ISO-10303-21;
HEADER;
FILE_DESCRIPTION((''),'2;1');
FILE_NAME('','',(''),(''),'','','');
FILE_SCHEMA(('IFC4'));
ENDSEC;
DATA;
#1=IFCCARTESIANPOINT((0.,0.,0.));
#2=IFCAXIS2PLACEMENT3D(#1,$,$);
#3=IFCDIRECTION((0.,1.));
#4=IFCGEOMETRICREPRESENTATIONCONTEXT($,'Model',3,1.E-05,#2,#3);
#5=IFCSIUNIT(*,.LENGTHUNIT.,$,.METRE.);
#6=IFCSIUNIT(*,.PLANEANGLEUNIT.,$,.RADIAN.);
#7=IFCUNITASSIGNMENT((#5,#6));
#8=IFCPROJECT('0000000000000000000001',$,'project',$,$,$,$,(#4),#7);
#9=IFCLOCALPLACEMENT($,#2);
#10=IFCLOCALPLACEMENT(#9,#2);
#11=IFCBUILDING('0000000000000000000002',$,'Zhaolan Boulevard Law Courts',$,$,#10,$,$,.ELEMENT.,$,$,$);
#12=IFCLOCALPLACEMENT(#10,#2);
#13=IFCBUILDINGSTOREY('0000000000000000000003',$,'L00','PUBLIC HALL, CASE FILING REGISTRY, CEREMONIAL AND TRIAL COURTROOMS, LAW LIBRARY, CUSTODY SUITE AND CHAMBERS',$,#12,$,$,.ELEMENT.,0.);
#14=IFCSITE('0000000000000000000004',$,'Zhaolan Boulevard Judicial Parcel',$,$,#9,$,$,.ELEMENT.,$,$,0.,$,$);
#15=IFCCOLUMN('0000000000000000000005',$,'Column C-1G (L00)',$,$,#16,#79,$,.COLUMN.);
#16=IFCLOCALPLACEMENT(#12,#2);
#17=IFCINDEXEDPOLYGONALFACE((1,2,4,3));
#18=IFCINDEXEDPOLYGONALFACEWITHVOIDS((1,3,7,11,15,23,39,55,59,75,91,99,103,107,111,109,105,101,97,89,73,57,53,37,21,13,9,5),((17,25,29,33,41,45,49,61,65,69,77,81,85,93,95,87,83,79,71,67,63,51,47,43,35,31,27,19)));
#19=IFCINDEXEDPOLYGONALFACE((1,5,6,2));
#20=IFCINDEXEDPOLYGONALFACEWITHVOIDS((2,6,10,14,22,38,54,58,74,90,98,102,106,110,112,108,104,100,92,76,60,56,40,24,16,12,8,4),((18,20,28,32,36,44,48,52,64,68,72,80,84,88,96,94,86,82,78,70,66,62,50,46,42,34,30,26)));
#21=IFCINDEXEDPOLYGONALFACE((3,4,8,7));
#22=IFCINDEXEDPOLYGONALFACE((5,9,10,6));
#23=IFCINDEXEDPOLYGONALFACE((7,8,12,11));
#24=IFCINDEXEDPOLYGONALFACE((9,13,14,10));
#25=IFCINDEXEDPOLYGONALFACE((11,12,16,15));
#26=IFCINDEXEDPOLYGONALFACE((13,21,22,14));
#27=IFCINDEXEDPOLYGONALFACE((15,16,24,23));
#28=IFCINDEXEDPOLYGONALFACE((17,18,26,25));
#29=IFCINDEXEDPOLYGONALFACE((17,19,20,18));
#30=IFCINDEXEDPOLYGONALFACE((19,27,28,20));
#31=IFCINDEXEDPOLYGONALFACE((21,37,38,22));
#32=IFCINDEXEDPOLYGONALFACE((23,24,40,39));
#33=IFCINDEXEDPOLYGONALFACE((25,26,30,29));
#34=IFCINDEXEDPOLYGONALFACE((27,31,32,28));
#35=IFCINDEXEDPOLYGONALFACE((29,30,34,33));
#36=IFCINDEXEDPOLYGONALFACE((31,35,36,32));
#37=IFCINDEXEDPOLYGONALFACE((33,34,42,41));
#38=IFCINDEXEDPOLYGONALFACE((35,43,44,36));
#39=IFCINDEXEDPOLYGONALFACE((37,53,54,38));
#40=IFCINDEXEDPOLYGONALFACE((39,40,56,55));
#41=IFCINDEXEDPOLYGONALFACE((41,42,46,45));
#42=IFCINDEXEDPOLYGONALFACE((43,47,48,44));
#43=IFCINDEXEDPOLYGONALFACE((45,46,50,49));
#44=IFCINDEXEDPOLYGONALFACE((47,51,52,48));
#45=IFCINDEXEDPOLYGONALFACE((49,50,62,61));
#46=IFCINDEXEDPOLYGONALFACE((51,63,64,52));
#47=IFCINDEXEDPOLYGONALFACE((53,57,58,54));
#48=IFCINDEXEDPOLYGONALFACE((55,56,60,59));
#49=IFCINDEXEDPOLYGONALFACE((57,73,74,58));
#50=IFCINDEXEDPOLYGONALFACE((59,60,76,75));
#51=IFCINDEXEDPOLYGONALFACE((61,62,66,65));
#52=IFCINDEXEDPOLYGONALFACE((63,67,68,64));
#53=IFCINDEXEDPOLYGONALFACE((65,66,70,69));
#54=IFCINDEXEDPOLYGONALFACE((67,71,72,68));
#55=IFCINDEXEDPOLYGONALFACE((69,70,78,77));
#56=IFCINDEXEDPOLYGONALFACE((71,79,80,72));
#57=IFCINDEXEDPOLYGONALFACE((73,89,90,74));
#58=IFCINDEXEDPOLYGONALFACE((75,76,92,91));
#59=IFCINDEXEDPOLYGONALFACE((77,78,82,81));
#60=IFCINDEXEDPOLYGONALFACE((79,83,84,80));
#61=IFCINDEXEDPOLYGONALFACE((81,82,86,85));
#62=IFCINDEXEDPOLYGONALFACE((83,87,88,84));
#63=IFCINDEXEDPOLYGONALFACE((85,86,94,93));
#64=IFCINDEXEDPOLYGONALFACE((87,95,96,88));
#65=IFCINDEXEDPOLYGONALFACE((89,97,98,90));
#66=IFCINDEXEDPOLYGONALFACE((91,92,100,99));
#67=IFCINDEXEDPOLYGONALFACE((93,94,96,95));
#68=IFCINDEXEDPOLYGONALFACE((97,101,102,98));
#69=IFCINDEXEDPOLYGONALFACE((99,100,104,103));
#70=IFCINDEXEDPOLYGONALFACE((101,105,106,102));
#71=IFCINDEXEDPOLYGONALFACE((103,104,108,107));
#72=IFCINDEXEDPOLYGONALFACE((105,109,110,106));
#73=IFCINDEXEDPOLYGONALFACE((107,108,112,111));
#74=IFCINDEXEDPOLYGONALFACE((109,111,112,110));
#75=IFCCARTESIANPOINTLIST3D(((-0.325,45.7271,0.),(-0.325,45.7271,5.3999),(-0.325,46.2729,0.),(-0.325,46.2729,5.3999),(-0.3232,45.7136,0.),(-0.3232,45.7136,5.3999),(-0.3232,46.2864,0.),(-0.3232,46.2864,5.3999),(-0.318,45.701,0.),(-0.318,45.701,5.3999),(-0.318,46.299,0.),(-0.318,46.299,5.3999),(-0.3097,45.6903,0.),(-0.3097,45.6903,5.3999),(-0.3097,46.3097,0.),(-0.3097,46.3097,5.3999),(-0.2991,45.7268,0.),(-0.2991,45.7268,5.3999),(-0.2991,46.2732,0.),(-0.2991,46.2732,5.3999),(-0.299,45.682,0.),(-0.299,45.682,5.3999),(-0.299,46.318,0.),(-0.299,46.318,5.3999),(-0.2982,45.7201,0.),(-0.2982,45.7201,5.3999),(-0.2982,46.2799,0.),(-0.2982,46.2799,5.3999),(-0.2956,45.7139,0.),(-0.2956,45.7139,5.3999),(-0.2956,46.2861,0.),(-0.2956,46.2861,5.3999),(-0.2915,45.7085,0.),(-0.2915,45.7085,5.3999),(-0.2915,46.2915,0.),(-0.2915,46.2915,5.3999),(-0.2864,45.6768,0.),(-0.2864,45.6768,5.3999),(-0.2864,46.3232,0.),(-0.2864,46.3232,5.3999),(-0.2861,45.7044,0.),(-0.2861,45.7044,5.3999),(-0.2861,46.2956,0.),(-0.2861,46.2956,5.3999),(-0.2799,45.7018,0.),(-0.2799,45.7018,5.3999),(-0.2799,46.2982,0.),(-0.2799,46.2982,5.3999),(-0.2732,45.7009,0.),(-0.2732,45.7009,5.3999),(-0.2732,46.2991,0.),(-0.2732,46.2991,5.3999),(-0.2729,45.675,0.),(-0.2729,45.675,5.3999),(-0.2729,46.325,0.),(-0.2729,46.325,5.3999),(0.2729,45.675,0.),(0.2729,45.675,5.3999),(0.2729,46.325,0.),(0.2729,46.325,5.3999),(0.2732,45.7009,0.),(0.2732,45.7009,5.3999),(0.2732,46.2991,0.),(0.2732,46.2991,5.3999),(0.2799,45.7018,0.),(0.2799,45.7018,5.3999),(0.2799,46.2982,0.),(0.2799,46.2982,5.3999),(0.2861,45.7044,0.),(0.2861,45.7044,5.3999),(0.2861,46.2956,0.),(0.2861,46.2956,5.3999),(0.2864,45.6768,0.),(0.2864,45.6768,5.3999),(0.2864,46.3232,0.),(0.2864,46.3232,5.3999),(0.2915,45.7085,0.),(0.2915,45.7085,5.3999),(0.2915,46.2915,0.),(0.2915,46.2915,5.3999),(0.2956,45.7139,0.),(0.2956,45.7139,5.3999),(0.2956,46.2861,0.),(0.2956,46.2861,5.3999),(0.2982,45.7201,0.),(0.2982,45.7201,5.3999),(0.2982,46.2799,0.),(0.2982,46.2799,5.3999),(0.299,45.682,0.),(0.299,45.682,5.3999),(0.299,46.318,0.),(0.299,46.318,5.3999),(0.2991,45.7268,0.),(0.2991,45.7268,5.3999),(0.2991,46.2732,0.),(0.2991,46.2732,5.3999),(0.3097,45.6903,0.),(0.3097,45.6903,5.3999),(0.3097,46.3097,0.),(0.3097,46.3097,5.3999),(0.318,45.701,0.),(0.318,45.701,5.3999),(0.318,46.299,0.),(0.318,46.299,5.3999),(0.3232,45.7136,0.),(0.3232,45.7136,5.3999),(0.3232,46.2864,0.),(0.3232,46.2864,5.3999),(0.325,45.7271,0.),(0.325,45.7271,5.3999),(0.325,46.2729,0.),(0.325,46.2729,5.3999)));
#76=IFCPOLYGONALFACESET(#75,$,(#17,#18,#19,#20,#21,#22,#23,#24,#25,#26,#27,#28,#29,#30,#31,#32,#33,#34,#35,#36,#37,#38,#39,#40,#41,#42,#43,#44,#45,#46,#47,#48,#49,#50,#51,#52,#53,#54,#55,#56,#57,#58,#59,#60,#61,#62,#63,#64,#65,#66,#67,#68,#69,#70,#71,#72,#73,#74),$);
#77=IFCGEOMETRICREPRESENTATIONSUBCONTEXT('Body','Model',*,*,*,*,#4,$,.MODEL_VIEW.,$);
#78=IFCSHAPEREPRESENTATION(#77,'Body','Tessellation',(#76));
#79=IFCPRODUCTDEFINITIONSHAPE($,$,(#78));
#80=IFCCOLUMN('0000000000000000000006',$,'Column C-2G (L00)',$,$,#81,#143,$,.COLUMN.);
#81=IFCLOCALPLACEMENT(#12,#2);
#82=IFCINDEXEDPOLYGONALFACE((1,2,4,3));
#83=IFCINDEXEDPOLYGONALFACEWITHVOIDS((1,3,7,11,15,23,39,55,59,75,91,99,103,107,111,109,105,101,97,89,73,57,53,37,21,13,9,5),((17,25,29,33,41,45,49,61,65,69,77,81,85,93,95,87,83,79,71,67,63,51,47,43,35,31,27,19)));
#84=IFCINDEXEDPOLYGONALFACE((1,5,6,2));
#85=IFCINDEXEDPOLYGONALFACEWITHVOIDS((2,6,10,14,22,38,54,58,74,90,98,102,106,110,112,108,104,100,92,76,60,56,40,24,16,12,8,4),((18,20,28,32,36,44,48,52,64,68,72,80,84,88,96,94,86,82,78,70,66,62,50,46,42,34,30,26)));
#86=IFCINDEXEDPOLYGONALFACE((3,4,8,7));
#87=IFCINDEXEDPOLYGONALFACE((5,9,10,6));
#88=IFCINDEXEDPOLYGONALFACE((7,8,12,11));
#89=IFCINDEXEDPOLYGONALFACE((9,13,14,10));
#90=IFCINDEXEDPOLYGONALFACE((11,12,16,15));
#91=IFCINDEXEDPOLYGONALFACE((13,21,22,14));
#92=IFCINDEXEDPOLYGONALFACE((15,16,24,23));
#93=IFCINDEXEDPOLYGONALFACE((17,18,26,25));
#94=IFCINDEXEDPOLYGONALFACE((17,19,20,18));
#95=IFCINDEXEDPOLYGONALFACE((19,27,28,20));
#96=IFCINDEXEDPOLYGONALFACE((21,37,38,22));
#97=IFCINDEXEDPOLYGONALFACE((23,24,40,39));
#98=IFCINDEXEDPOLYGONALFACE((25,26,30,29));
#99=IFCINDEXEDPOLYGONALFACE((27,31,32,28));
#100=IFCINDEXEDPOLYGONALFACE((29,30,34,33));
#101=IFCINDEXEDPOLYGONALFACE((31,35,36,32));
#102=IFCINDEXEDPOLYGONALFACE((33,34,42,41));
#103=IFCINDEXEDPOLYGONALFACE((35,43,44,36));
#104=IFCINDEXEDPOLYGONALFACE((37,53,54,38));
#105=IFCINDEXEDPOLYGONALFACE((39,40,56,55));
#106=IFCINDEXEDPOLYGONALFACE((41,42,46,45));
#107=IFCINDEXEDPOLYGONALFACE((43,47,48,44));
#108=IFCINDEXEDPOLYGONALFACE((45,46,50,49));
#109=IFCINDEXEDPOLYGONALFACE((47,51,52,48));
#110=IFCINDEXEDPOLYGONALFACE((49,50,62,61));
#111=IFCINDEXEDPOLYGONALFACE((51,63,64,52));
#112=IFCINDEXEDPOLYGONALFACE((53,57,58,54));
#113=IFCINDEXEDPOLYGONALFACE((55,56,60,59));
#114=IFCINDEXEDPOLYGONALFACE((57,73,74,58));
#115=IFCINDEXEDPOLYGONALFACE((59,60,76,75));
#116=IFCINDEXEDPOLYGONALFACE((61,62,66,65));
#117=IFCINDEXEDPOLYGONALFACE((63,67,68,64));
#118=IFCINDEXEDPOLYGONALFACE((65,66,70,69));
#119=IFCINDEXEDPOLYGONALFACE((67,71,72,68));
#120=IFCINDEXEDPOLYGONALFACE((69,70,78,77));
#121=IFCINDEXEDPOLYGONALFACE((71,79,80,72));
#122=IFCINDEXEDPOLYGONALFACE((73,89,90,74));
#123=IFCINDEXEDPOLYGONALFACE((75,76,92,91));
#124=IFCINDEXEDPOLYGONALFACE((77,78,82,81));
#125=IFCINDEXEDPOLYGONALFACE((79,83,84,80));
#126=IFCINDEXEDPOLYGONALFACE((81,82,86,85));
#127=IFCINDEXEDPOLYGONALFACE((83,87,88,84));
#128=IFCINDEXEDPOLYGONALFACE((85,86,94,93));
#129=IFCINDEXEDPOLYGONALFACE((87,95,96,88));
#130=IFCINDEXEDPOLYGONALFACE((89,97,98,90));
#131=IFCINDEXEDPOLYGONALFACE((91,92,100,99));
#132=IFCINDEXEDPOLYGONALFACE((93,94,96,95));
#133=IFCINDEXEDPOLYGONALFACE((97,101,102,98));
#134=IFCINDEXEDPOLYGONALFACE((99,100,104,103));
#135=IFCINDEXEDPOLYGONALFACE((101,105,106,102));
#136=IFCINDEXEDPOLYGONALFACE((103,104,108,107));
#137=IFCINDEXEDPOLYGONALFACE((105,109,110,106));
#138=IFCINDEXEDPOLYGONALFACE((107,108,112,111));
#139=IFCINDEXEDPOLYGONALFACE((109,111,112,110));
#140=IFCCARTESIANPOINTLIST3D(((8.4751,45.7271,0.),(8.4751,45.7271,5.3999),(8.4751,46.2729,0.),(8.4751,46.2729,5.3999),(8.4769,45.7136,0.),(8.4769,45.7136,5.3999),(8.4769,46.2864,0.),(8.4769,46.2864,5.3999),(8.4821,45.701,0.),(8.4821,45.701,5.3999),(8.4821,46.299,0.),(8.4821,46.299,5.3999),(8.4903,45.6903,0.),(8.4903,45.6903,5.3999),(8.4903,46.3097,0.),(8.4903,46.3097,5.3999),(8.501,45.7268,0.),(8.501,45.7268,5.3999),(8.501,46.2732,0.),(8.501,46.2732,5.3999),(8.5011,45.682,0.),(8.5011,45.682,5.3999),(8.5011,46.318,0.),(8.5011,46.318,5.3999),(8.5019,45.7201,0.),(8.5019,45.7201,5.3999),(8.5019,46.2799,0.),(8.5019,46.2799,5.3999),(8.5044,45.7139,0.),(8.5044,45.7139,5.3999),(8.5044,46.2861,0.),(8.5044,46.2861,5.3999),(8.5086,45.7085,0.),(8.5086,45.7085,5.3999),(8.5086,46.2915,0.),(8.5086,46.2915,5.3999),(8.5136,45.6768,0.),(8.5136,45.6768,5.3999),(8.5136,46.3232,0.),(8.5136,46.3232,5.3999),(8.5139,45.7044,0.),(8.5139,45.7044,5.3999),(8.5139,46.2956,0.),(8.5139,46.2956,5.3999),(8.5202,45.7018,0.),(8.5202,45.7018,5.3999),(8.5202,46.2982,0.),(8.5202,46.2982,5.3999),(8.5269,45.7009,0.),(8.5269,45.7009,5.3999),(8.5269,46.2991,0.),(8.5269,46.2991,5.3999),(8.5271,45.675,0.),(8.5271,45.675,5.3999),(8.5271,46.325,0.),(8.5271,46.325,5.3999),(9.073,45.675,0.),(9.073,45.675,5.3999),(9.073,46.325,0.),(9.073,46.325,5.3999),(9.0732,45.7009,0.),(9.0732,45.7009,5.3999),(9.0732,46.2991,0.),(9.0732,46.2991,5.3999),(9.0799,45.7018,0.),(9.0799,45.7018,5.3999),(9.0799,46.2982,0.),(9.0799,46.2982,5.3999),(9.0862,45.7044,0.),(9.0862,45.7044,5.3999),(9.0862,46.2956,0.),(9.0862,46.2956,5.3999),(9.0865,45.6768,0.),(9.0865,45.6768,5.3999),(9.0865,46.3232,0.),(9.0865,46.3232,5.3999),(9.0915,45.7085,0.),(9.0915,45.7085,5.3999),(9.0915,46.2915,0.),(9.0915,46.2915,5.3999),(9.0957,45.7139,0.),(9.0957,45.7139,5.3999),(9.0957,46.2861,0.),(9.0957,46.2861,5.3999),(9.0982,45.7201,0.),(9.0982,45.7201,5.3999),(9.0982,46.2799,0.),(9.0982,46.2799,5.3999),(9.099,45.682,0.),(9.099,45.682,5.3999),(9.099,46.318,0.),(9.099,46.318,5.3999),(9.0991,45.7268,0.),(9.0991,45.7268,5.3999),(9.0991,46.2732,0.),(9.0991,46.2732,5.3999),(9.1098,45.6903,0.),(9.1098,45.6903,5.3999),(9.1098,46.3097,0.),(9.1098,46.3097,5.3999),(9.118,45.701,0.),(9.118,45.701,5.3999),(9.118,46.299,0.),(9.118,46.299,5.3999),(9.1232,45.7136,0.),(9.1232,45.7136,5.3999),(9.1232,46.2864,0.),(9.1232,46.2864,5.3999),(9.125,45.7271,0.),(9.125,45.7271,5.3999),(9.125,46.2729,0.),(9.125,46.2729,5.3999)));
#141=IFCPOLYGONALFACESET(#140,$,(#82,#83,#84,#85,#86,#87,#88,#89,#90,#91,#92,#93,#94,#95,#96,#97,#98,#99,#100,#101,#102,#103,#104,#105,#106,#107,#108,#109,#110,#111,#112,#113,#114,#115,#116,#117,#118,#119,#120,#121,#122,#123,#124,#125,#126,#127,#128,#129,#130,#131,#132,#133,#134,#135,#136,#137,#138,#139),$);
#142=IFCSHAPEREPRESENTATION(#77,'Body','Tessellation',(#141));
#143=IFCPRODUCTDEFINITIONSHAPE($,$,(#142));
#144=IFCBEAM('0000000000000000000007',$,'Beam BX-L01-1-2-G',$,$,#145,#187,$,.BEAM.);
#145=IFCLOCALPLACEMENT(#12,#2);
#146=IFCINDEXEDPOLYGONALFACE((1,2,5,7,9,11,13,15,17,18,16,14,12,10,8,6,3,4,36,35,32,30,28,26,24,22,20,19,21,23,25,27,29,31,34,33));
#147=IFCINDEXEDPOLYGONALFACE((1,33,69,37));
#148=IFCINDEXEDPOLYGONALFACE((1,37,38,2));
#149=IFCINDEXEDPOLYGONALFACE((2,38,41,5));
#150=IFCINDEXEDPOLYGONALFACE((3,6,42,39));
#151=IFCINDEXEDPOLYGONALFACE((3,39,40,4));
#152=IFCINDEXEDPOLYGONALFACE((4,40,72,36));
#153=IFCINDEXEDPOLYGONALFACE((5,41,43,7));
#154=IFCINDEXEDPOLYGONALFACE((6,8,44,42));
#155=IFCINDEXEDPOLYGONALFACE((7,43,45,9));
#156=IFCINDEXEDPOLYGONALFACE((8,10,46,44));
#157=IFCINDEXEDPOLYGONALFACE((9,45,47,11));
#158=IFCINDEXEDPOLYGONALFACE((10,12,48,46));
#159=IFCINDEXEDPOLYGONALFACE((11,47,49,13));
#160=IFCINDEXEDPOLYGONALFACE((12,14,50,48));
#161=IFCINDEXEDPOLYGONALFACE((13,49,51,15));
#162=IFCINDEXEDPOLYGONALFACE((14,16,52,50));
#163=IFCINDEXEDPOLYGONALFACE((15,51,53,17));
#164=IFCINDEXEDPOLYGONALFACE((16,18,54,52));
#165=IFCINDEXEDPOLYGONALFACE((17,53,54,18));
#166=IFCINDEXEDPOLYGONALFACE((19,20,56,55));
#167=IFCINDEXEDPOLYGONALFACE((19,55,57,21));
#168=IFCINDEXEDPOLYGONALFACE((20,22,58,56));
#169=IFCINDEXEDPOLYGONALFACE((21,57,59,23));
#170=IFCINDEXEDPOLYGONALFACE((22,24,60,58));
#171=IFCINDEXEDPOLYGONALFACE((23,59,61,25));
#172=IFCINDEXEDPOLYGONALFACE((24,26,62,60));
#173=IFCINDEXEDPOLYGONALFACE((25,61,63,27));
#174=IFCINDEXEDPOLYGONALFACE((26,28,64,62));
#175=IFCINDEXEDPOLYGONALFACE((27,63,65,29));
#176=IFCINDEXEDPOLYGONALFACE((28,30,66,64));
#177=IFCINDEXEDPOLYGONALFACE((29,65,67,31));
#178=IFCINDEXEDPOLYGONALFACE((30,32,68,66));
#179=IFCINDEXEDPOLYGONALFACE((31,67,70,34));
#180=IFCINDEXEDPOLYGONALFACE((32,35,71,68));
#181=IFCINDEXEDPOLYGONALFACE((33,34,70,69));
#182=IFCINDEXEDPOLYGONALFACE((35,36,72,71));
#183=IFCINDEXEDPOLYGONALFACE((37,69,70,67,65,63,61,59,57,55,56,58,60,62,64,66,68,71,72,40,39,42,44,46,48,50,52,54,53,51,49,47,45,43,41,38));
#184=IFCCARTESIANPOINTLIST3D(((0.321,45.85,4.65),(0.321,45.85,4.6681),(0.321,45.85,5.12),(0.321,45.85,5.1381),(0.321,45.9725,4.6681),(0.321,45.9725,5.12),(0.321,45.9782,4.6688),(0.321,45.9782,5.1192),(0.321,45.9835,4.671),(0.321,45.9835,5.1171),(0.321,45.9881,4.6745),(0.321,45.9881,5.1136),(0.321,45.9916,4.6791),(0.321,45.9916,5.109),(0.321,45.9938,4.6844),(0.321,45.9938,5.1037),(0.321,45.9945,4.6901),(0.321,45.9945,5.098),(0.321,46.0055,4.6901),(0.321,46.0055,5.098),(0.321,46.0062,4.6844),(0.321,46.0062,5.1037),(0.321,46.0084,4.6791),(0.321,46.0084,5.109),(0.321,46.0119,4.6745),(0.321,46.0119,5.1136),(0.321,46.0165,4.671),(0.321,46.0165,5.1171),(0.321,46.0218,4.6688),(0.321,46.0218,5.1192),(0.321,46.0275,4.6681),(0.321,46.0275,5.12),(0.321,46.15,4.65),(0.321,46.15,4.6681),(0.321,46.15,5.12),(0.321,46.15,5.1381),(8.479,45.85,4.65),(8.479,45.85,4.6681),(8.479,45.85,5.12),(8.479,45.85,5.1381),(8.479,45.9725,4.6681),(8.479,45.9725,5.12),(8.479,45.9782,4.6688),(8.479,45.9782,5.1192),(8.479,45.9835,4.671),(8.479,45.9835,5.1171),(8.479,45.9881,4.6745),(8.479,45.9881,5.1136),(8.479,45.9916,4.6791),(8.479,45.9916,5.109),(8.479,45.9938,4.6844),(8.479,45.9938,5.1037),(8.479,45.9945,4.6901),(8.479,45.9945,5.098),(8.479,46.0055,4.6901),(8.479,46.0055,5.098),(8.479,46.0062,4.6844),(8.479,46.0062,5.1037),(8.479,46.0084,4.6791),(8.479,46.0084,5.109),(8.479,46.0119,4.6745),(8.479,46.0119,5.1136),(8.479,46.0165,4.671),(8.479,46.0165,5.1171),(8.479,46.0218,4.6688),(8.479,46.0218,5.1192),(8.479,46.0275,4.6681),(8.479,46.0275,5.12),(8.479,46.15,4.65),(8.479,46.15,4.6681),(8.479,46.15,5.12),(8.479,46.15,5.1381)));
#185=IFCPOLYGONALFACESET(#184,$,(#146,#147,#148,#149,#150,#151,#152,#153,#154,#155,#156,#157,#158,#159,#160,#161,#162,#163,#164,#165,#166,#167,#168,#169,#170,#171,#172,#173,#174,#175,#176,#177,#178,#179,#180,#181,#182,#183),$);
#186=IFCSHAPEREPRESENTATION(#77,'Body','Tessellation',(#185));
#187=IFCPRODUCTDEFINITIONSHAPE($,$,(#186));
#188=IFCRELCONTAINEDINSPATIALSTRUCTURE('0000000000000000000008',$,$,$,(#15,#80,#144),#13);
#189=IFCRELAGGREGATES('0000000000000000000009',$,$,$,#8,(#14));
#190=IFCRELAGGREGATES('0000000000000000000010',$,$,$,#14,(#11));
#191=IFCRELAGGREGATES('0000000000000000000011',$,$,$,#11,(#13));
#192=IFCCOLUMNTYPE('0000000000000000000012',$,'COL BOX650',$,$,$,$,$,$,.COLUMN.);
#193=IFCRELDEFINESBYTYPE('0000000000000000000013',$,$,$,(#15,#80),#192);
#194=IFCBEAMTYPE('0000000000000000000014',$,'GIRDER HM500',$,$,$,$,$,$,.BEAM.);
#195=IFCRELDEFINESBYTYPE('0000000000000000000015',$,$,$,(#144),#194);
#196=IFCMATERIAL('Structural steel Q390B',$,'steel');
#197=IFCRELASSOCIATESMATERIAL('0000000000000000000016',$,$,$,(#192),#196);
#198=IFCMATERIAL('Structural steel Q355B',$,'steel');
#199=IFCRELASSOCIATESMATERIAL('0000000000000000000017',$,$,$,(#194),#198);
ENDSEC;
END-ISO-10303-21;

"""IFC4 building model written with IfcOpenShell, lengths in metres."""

from ifc_helpers import new_model, si_unit, direction, frame, origin, origin_2d, place, context, subcontext, project, spatial, hollow_rectangle, i_section, extrude, material, material_profile, profile_set, type_object, element, save


model = new_model("IFC4")

# Units and contexts
model_context = context("Model", 3, precision=1e-05, world=origin(), true_north=direction((0.0, 1.0)))
body_context = subcontext(model_context, "Body", "Model", "MODEL_VIEW")
ifc_project = project(units=[si_unit("LENGTHUNIT", "METRE"), si_unit("PLANEANGLEUNIT", "RADIAN")], contexts=[model_context])

# Site, building, storey
site_placement = place(None, origin())
site = spatial("IfcSite", under=ifc_project, at=site_placement, Name="Zhaolan Boulevard Judicial Parcel", CompositionType="ELEMENT", RefElevation=0.0)
building_placement = place(site_placement, origin())
building = spatial("IfcBuilding", under=site, at=building_placement, Name="Zhaolan Boulevard Law Courts", CompositionType="ELEMENT")
storey_placement = place(building_placement, origin())
storey = spatial("IfcBuildingStorey", under=building, at=storey_placement, Name="L00", Description="PUBLIC HALL, CASE FILING REGISTRY, CEREMONIAL AND TRIAL COURTROOMS, LAW LIBRARY, CUSTODY SUITE AND CHAMBERS", CompositionType="ELEMENT", Elevation=0.0)

# Columns
ifc_material_1 = material(Name="Structural steel Q390B", Category="steel")
ifc_material_profile_1 = material_profile(ifc_material_1, hollow_rectangle(XDim=0.6499, YDim=0.6499, WallThickness=0.0259, InnerFilletRadius=0.0259, OuterFilletRadius=0.052, at=origin_2d()), Name="BOX650x650x26")
ifc_profile_set_1 = profile_set([ifc_material_profile_1], Name="Structural steel Q390B")
column_type = type_object("IfcColumnType", Name="COL BOX650", PredefinedType="COLUMN", material=ifc_profile_set_1)
for number, where, z_axis, x_axis, name in (
    (1, (0.0, 46.0, 0.0), (0.0, 0.0, 1.0), (1.0, 0.0, 0.0), "Column C-1G (L00)"),
    (2, (8.8, 46.0, 0.0), (0.0, 0.0, 1.0), (1.0, 0.0, 0.0), "Column C-2G (L00)"),
):
    element("IfcColumn", number, at=place(storey_placement, frame(where, z_axis=z_axis, x_axis=x_axis)), inside=storey, type_object=column_type, Name=name, PredefinedType="COLUMN", context=body_context, shape_type="SweptSolid", body=[
        extrude(hollow_rectangle(XDim=0.6499, YDim=0.6499, WallThickness=0.0259, InnerFilletRadius=0.0259, OuterFilletRadius=0.052, at=origin_2d()), origin(), (0.0, 0.0, 1.0), 5.3999),
    ])

# Beam
ifc_material_2 = material(Name="Structural steel Q355B", Category="steel")
ifc_material_profile_2 = material_profile(ifc_material_2, i_section(OverallWidth=0.3, OverallDepth=0.488, WebThickness=0.011, FlangeThickness=0.0181, FilletRadius=0.022, at=origin_2d()), Name="HM488x300")
ifc_profile_set_2 = profile_set([ifc_material_profile_2], Name="Structural steel Q355B")
beam_type_1 = type_object("IfcBeamType", Name="GIRDER HM500", PredefinedType="BEAM", material=ifc_profile_set_2)
beam_1_placement = place(storey_placement, frame((0.321, 46.0, 4.894), z_axis=(1.0, 0.0, 0.0), x_axis=(0.0, 1.0, 0.0)))
element("IfcBeam", 3, at=beam_1_placement, inside=storey, type_object=beam_type_1, Name="Beam BX-L01-1-2-G", PredefinedType="BEAM", context=body_context, shape_type="SweptSolid", body=[
    extrude(i_section(OverallWidth=0.3, OverallDepth=0.488, WebThickness=0.011, FlangeThickness=0.0181, FilletRadius=0.022, at=origin_2d()), origin(), (0.0, 0.0, 1.0), 8.158),
])

save(model, "model.ifc")
